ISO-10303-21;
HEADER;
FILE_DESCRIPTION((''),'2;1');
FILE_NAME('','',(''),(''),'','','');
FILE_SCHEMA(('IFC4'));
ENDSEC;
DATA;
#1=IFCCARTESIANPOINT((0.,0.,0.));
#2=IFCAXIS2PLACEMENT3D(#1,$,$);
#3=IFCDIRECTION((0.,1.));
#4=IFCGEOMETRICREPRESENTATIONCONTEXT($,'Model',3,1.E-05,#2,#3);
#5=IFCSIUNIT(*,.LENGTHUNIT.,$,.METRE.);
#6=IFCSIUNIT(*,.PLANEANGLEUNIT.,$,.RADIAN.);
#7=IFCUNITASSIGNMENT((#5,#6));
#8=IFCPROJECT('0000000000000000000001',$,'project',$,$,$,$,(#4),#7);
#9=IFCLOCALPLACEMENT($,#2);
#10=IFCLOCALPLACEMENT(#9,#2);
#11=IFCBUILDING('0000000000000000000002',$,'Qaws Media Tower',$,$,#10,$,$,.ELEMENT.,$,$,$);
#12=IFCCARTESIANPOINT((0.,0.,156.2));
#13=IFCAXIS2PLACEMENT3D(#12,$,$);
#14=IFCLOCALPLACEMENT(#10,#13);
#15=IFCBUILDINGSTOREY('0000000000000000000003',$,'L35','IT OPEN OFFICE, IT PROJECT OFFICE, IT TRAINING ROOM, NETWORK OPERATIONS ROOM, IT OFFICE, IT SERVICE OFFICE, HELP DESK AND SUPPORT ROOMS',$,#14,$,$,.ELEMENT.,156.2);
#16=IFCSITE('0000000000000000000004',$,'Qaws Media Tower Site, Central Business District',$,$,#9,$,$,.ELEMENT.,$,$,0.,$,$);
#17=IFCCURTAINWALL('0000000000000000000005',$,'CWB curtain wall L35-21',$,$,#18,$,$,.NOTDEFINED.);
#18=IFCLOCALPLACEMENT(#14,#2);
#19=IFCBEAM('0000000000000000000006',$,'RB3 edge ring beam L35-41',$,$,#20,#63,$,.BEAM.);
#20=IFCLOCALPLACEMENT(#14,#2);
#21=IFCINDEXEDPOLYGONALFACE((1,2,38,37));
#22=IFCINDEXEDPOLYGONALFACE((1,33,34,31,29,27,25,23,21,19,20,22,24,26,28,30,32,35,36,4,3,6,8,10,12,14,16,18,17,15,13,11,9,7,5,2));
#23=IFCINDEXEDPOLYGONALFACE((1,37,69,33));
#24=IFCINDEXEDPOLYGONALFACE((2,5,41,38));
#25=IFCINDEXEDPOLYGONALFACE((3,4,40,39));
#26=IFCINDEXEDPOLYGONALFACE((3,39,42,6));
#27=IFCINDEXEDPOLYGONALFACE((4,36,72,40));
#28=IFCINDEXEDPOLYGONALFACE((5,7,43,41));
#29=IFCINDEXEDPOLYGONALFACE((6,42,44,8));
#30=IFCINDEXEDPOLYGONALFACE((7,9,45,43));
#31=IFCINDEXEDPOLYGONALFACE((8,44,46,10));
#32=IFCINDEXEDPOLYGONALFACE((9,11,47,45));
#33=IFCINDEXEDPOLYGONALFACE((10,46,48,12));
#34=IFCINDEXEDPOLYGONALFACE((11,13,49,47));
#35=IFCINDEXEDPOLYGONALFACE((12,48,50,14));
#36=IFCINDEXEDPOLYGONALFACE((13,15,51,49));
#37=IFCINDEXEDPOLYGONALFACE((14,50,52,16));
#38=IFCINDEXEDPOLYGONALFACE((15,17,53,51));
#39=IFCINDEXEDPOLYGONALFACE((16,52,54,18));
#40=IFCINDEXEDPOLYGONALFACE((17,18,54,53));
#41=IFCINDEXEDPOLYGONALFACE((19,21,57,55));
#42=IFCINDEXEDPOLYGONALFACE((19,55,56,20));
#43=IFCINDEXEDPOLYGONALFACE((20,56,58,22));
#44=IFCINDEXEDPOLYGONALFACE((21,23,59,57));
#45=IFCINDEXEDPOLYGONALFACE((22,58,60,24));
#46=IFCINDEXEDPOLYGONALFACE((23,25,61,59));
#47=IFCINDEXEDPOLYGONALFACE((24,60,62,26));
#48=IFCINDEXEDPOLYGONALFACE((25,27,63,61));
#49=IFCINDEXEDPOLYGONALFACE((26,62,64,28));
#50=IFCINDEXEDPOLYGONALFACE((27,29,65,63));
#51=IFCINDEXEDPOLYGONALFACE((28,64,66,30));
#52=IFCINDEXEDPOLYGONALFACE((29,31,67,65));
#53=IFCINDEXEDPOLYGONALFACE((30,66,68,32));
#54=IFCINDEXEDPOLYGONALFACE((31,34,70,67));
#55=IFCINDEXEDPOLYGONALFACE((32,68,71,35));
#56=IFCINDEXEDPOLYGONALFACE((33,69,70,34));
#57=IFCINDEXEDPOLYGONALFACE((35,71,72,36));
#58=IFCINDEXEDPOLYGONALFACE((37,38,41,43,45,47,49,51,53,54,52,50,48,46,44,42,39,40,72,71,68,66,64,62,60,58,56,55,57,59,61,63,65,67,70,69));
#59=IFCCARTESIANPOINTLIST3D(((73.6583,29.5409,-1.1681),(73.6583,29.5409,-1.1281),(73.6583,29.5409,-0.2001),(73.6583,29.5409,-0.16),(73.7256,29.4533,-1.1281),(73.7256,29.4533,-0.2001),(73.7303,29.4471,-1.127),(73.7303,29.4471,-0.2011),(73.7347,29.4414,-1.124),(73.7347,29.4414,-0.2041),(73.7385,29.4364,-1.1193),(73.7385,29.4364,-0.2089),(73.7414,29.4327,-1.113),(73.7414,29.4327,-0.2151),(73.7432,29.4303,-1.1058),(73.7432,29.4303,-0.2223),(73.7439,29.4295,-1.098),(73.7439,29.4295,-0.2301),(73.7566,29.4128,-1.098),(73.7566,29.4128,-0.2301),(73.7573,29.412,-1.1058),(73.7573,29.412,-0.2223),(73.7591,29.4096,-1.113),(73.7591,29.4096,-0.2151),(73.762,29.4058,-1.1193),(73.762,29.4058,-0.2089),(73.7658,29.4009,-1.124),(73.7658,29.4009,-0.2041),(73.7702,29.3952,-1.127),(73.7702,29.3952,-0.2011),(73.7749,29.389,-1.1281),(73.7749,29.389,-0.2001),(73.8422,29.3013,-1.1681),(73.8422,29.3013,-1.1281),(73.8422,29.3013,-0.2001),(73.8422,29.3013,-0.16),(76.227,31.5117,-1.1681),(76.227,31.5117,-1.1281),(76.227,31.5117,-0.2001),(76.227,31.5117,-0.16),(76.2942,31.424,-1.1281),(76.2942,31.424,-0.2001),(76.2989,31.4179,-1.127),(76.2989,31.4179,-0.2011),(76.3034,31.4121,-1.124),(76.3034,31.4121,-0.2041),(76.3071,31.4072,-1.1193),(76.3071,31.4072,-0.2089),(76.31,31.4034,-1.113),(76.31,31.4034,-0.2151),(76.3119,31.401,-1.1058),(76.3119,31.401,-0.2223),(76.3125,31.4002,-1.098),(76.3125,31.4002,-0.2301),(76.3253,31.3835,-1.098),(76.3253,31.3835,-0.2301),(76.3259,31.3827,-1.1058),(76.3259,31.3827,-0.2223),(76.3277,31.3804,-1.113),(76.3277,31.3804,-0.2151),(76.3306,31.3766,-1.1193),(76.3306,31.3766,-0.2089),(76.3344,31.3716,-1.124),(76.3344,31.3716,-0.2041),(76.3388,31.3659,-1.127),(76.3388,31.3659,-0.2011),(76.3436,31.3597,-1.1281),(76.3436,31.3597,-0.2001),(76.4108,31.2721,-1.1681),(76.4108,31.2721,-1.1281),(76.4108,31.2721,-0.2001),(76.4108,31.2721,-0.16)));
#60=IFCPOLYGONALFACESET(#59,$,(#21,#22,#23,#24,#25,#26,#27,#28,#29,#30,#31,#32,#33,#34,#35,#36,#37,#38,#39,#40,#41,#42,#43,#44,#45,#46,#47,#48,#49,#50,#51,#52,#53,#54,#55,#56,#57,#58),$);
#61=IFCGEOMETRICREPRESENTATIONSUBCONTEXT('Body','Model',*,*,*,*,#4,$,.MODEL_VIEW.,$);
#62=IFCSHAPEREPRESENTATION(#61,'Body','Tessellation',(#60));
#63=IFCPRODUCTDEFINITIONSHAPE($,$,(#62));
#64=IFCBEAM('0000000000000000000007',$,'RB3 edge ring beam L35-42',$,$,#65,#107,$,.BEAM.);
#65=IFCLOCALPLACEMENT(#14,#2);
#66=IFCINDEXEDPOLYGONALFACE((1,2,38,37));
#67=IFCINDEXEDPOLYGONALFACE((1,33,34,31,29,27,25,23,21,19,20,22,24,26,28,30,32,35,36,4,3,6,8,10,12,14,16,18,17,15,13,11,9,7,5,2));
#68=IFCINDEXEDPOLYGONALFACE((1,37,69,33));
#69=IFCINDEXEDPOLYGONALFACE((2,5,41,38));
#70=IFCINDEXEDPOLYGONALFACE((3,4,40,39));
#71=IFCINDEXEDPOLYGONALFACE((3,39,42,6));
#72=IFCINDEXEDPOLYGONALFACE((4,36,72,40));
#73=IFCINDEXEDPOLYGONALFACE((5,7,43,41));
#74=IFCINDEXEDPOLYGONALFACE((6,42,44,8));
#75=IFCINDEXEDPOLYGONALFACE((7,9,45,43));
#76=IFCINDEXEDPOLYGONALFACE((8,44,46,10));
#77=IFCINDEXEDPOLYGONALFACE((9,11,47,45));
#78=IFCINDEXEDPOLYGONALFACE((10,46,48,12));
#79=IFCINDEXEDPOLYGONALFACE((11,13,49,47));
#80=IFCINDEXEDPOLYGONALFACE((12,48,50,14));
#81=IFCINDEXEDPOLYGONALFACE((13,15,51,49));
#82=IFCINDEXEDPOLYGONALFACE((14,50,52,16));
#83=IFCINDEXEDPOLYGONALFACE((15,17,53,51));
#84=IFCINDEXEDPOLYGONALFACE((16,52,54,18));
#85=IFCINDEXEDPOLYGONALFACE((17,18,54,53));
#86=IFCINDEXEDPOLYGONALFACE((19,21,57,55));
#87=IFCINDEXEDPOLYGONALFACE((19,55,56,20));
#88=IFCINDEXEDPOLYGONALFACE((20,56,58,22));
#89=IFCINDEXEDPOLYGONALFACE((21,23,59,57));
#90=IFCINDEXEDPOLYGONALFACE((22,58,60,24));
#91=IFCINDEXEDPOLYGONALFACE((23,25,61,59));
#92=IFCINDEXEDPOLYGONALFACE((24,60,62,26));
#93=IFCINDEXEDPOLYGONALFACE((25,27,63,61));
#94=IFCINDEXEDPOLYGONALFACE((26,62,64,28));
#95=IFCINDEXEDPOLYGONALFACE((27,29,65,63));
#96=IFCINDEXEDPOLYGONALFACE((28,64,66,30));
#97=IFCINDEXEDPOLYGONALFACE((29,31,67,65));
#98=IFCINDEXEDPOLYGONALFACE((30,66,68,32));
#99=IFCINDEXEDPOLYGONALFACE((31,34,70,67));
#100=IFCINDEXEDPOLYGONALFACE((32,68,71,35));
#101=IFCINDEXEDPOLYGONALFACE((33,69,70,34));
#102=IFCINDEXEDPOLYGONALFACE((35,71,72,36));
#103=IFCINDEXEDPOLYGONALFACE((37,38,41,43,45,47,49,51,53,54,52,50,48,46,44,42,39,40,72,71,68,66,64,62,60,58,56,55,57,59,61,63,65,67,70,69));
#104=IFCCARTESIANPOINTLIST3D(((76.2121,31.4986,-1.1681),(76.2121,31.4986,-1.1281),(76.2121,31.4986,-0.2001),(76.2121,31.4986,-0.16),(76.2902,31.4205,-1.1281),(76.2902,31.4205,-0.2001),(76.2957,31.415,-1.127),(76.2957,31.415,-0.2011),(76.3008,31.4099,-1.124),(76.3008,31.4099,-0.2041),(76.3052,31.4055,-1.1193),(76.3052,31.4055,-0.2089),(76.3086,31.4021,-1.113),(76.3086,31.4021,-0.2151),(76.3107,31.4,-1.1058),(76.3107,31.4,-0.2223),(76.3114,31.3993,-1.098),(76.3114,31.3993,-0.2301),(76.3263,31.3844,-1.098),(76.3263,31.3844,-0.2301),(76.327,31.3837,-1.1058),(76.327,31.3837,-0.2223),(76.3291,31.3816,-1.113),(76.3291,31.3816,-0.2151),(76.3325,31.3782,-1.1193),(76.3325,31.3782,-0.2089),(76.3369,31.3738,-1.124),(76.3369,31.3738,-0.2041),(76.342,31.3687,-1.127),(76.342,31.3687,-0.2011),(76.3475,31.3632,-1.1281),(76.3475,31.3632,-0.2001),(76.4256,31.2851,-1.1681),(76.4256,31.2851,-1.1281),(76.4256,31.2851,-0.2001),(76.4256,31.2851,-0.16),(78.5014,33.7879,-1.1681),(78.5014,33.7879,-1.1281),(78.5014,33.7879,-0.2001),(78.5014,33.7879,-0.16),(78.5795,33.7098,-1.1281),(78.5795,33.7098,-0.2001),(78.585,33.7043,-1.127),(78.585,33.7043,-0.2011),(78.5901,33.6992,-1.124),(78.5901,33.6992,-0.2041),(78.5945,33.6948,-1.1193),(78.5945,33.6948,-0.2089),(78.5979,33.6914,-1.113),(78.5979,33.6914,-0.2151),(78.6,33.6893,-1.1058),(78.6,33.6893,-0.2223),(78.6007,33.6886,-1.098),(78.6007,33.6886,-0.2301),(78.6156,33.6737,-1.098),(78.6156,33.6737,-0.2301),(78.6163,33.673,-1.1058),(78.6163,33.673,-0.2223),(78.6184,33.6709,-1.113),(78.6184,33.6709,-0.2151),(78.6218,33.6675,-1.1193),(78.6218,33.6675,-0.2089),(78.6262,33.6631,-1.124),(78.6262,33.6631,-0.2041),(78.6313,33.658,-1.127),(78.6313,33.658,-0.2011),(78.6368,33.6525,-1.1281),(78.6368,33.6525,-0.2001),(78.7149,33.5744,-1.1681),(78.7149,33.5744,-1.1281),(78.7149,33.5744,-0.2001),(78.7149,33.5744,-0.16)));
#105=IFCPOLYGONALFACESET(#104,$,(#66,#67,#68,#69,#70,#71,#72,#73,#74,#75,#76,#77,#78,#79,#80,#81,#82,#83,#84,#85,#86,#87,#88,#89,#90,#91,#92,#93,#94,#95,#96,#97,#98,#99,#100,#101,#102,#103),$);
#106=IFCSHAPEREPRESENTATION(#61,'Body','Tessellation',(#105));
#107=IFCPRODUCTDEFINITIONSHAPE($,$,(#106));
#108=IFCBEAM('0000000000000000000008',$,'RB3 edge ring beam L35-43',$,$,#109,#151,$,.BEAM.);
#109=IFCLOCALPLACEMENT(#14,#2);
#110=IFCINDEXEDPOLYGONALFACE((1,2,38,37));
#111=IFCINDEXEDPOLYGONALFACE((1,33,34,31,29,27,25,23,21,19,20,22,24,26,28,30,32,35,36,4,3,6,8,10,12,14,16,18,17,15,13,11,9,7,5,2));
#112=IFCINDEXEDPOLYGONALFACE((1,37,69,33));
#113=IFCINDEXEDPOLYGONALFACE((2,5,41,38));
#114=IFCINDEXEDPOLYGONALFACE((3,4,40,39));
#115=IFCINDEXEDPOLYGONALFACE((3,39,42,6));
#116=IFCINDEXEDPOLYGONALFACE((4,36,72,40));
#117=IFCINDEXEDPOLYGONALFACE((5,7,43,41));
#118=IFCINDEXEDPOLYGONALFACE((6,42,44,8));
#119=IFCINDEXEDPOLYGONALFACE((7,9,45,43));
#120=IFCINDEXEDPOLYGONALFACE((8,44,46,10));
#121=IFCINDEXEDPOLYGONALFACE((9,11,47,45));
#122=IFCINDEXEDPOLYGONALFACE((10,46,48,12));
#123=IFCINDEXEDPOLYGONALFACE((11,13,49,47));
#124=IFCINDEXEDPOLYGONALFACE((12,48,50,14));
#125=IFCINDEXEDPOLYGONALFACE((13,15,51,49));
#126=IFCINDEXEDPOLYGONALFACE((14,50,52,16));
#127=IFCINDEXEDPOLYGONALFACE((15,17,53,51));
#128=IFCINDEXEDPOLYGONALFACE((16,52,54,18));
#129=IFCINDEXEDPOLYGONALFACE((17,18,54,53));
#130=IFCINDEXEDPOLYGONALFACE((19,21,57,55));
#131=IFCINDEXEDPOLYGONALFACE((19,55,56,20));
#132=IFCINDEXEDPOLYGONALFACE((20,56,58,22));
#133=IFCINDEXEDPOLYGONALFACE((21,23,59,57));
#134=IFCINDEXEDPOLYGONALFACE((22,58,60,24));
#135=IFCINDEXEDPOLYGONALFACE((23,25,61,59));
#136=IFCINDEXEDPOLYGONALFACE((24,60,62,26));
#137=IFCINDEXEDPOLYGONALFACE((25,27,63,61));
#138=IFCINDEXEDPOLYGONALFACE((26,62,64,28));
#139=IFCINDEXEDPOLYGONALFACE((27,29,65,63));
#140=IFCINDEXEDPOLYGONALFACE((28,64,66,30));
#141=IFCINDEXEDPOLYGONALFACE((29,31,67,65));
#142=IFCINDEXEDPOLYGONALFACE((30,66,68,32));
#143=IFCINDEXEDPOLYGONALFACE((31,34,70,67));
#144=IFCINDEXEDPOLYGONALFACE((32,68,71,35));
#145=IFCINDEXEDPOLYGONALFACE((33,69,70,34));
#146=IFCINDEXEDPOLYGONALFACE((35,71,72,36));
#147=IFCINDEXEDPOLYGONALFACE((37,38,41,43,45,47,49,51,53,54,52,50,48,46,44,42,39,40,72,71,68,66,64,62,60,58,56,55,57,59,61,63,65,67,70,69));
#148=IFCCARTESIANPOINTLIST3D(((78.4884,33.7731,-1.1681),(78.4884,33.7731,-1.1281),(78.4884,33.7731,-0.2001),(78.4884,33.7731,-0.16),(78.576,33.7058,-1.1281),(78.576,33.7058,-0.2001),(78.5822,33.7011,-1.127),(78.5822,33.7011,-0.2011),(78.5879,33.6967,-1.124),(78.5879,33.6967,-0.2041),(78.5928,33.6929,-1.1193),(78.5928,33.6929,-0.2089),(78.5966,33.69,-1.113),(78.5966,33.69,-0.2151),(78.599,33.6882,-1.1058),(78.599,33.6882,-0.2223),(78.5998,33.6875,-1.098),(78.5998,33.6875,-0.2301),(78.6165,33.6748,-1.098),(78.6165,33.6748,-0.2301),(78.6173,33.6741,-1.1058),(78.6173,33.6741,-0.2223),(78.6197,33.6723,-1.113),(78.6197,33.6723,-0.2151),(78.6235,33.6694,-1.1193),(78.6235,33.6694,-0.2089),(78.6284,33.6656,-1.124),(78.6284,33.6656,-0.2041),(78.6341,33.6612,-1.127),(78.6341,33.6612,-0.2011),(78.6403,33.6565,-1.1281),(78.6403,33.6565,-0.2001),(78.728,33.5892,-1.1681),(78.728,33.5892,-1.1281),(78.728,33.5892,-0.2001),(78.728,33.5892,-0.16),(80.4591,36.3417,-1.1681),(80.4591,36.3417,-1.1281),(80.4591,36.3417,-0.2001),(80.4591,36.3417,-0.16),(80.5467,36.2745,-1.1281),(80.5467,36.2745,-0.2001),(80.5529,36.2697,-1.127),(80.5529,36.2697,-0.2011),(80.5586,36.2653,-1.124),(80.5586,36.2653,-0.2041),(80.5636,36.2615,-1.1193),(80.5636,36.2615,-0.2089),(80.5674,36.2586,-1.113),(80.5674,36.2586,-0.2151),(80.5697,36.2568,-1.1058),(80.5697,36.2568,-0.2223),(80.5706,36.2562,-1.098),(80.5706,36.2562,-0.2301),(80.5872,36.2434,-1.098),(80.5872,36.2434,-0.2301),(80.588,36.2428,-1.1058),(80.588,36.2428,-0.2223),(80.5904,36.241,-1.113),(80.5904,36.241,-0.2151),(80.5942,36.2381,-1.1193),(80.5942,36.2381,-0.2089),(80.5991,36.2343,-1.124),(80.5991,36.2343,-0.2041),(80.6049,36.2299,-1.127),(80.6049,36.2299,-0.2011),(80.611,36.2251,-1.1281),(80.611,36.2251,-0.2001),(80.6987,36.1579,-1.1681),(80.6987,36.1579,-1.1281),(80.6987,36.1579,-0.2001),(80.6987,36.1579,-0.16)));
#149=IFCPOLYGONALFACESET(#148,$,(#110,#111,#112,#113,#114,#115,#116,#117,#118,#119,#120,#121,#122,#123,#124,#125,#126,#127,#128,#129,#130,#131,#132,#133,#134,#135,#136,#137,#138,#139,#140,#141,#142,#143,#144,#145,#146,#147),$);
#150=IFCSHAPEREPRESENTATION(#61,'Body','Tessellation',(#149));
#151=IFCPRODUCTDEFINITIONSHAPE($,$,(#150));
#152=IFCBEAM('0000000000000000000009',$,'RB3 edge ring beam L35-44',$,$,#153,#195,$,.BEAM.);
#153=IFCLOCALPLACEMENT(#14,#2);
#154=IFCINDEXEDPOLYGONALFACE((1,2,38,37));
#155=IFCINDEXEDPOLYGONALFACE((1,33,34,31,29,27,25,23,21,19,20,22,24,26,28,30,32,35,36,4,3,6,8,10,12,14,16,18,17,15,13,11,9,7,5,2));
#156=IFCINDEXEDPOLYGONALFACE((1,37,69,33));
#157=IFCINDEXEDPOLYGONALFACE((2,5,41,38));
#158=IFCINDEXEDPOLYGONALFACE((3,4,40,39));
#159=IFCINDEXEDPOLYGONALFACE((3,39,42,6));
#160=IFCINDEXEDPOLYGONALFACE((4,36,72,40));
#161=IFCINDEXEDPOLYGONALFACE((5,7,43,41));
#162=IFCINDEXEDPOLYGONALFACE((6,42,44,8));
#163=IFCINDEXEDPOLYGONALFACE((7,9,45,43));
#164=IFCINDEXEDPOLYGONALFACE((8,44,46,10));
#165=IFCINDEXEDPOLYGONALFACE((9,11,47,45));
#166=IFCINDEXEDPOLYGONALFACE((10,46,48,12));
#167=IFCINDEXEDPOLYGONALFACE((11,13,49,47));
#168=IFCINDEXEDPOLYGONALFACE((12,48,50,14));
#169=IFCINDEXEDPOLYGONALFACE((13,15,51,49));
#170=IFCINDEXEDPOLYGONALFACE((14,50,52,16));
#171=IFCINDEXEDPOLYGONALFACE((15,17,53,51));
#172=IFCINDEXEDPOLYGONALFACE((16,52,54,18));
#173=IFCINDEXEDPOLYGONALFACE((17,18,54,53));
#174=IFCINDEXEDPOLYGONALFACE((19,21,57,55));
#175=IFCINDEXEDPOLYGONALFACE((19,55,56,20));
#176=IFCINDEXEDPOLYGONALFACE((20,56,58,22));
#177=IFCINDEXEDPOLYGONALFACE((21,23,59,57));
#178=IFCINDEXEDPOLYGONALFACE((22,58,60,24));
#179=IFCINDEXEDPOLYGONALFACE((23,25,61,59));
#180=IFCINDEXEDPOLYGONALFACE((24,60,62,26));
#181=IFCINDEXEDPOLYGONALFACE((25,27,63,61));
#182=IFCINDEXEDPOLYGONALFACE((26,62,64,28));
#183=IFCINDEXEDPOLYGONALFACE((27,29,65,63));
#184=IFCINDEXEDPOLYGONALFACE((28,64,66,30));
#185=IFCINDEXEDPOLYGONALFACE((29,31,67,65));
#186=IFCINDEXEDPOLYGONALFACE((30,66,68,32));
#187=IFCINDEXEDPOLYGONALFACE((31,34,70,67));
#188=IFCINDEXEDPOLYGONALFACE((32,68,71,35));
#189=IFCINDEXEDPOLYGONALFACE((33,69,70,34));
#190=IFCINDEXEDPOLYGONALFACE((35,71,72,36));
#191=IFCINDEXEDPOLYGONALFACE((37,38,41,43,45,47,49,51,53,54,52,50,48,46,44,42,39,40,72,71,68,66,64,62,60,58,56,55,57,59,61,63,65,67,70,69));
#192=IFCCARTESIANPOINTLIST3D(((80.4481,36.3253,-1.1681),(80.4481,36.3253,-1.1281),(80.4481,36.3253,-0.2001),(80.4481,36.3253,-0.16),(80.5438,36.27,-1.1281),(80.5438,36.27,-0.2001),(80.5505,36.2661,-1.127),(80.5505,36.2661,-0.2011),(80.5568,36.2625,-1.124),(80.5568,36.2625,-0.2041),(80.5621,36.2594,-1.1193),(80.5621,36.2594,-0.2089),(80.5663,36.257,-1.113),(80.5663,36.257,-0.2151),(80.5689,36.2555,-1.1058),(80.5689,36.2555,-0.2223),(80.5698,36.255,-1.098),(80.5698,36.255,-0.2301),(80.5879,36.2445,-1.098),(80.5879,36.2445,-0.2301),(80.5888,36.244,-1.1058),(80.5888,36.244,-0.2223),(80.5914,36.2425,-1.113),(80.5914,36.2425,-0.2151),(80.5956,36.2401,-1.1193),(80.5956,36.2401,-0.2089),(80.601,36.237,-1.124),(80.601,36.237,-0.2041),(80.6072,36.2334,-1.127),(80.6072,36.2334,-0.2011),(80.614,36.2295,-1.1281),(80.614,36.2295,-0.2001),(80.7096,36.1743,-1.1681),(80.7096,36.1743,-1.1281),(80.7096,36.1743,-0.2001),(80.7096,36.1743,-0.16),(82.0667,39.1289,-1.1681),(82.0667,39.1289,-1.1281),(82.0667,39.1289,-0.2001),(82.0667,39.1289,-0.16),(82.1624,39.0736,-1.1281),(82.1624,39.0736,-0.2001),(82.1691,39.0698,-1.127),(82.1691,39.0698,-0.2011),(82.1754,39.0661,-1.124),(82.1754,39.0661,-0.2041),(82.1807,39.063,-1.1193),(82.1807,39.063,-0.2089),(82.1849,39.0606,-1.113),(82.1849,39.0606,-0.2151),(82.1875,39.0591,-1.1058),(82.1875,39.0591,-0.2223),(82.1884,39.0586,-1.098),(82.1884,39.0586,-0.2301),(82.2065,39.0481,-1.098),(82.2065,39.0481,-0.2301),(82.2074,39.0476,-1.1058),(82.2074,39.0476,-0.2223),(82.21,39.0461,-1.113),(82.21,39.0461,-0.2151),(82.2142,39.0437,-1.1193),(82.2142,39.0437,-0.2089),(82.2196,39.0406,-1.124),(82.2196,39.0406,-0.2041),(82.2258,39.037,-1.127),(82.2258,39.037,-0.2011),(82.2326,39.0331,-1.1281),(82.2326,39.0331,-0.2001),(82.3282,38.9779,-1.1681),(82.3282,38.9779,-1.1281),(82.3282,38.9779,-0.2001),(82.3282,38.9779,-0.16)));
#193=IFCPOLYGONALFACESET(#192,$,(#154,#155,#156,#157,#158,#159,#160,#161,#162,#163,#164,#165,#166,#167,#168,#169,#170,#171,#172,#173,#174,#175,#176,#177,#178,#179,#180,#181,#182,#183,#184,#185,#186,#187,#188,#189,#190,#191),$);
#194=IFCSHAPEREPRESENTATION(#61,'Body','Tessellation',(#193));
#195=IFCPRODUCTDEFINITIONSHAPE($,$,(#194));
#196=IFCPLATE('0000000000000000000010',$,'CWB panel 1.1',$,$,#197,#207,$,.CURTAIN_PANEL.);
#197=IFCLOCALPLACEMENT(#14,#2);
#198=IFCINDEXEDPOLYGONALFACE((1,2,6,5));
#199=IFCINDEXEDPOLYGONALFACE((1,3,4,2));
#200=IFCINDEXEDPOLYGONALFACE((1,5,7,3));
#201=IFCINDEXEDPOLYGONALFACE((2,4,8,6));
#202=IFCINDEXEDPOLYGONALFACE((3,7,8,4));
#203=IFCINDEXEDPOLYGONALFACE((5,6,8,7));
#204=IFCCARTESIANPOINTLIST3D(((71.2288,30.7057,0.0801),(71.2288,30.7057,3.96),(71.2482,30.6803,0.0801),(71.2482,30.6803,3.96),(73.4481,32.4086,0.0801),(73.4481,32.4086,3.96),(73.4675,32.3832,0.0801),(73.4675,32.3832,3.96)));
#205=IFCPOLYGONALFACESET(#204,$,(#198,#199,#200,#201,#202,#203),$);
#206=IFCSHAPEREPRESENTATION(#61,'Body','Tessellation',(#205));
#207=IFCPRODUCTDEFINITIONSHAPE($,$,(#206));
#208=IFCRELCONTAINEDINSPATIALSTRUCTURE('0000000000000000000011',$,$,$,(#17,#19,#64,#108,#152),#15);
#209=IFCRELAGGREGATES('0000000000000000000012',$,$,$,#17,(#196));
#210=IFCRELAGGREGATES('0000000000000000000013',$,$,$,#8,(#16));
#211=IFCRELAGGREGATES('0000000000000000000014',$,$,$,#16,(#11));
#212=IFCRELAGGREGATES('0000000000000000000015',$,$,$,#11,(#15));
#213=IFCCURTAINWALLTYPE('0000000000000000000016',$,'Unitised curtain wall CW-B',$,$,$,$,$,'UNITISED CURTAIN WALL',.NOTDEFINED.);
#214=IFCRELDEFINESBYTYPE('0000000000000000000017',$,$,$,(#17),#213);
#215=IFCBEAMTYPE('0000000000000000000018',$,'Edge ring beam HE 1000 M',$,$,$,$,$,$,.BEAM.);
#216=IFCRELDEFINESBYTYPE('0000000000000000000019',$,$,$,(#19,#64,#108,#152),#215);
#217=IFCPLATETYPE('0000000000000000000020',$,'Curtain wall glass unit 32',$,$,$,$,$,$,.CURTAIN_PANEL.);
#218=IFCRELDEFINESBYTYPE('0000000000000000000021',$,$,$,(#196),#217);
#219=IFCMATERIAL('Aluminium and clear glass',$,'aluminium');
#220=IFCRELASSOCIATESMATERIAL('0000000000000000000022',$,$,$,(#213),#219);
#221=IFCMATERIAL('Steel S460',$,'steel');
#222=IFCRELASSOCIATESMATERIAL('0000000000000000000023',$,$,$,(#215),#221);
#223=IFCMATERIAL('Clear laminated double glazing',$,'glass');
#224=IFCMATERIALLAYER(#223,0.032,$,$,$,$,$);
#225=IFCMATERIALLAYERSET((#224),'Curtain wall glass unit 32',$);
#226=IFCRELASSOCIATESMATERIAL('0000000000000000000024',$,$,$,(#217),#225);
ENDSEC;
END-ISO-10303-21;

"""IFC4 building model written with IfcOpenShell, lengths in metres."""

from ifc_helpers import new_model, si_unit, direction, frame, origin, origin_2d, place, context, subcontext, project, spatial, rectangle, i_section, extrude, material, layer, layer_set, material_profile, profile_set, type_object, element, aggregate, save


model = new_model("IFC4")

# Units and contexts
model_context = context("Model", 3, precision=1e-05, world=origin(), true_north=direction((0.0, 1.0)))
body_context = subcontext(model_context, "Body", "Model", "MODEL_VIEW")
ifc_project = project(units=[si_unit("LENGTHUNIT", "METRE"), si_unit("PLANEANGLEUNIT", "RADIAN")], contexts=[model_context])

# Site, building, storey
site_placement = place(None, origin())
site = spatial("IfcSite", under=ifc_project, at=site_placement, Name="Qaws Media Tower Site, Central Business District", CompositionType="ELEMENT", RefElevation=0.0)
building_placement = place(site_placement, origin())
building = spatial("IfcBuilding", under=site, at=building_placement, Name="Qaws Media Tower", CompositionType="ELEMENT")
storey_placement = place(building_placement, frame((0.0, 0.0, 156.2)))
storey = spatial("IfcBuildingStorey", under=building, at=storey_placement, Name="L35", Description="IT OPEN OFFICE, IT PROJECT OFFICE, IT TRAINING ROOM, NETWORK OPERATIONS ROOM, IT OFFICE, IT SERVICE OFFICE, HELP DESK AND SUPPORT ROOMS", CompositionType="ELEMENT", Elevation=156.2)

# Curtain wall
ifc_material_1 = material(Name="Aluminium and clear glass", Category="aluminium")
curtain_wall_type = type_object("IfcCurtainWallType", Name="Unitised curtain wall CW-B", ElementType="UNITISED CURTAIN WALL", PredefinedType="NOTDEFINED", material=ifc_material_1)
curtain_wall_1_placement = place(storey_placement, origin())
curtain_wall_1 = element("IfcCurtainWall", 1, at=curtain_wall_1_placement, inside=storey, type_object=curtain_wall_type, Name="CWB curtain wall L35-21", PredefinedType="NOTDEFINED")

# Beams
ifc_material_2 = material(Name="Steel S460", Category="steel")
ifc_material_profile_1 = material_profile(ifc_material_2, i_section(OverallWidth=0.302, OverallDepth=1.0081, WebThickness=0.021, FlangeThickness=0.04, FilletRadius=0.03, at=origin_2d()), Name="HE 1000 M")
ifc_profile_set_1 = profile_set([ifc_material_profile_1], Name="Steel S460")
beam_type = type_object("IfcBeamType", Name="Edge ring beam HE 1000 M", PredefinedType="BEAM", material=ifc_profile_set_1)
for number, where, z_axis, x_axis, name in (
    (2, (73.7502, 29.4211, -0.6641), (0.793391, 0.608712, 0.0), (-0.608712, 0.793391, 0.0), "RB3 edge ring beam L35-41"),
    (3, (76.3188, 31.3918, -0.6641), (0.707107, 0.707107, 0.0), (-0.707107, 0.707107, 0.0), "RB3 edge ring beam L35-42"),
    (4, (78.6082, 33.6812, -0.6641), (0.608712, 0.793391, 0.0), (-0.793391, 0.608712, 0.0), "RB3 edge ring beam L35-43"),
):
    element("IfcBeam", number, at=place(storey_placement, frame(where, z_axis=z_axis, x_axis=x_axis)), inside=storey, type_object=beam_type, Name=name, PredefinedType="BEAM", context=body_context, shape_type="SweptSolid", body=[
        extrude(i_section(OverallWidth=0.302, OverallDepth=1.0081, WebThickness=0.021, FlangeThickness=0.04, FilletRadius=0.03, at=origin_2d()), origin(), (0.0, 0.0, 1.0), 3.2375),
    ])
beam_placement = place(storey_placement, frame((80.5789, 36.2498, -0.6641), z_axis=(0.499984, 0.866035, 0.0), x_axis=(-0.866035, 0.499984, 0.0)))
element("IfcBeam", 5, at=beam_placement, inside=storey, type_object=beam_type, Name="RB3 edge ring beam L35-44", PredefinedType="BEAM", context=body_context, shape_type="SweptSolid", body=[
    extrude(i_section(OverallWidth=0.302, OverallDepth=1.0081, WebThickness=0.021, FlangeThickness=0.04, FilletRadius=0.03, at=origin_2d()), origin(), (0.0, 0.0, 1.0), 3.2373),
])

# Plate
ifc_material_3 = material(Name="Clear laminated double glazing", Category="glass")
ifc_layer_1 = layer(ifc_material_3, 0.032)
ifc_layer_set_1 = layer_set([ifc_layer_1], Name="Curtain wall glass unit 32")
plate_type_1 = type_object("IfcPlateType", Name="Curtain wall glass unit 32", PredefinedType="CURTAIN_PANEL", material=ifc_layer_set_1)
plate_1_placement = place(storey_placement, frame((72.3481, 31.5444, 0.0801), z_axis=(0.0, 0.0, 1.0), x_axis=(0.793353, 0.608761, 0.0)))
plate_1 = element("IfcPlate", 6, at=plate_1_placement, type_object=plate_type_1, Name="CWB panel 1.1", PredefinedType="CURTAIN_PANEL", context=body_context, shape_type="SweptSolid", body=[
    extrude(rectangle(XDim=2.7974, YDim=0.032, at=origin_2d()), origin(), (0.0, 0.0, 1.0), 3.8799),
])
aggregate(curtain_wall_1, [plate_1])

save(model, "model.ifc")
